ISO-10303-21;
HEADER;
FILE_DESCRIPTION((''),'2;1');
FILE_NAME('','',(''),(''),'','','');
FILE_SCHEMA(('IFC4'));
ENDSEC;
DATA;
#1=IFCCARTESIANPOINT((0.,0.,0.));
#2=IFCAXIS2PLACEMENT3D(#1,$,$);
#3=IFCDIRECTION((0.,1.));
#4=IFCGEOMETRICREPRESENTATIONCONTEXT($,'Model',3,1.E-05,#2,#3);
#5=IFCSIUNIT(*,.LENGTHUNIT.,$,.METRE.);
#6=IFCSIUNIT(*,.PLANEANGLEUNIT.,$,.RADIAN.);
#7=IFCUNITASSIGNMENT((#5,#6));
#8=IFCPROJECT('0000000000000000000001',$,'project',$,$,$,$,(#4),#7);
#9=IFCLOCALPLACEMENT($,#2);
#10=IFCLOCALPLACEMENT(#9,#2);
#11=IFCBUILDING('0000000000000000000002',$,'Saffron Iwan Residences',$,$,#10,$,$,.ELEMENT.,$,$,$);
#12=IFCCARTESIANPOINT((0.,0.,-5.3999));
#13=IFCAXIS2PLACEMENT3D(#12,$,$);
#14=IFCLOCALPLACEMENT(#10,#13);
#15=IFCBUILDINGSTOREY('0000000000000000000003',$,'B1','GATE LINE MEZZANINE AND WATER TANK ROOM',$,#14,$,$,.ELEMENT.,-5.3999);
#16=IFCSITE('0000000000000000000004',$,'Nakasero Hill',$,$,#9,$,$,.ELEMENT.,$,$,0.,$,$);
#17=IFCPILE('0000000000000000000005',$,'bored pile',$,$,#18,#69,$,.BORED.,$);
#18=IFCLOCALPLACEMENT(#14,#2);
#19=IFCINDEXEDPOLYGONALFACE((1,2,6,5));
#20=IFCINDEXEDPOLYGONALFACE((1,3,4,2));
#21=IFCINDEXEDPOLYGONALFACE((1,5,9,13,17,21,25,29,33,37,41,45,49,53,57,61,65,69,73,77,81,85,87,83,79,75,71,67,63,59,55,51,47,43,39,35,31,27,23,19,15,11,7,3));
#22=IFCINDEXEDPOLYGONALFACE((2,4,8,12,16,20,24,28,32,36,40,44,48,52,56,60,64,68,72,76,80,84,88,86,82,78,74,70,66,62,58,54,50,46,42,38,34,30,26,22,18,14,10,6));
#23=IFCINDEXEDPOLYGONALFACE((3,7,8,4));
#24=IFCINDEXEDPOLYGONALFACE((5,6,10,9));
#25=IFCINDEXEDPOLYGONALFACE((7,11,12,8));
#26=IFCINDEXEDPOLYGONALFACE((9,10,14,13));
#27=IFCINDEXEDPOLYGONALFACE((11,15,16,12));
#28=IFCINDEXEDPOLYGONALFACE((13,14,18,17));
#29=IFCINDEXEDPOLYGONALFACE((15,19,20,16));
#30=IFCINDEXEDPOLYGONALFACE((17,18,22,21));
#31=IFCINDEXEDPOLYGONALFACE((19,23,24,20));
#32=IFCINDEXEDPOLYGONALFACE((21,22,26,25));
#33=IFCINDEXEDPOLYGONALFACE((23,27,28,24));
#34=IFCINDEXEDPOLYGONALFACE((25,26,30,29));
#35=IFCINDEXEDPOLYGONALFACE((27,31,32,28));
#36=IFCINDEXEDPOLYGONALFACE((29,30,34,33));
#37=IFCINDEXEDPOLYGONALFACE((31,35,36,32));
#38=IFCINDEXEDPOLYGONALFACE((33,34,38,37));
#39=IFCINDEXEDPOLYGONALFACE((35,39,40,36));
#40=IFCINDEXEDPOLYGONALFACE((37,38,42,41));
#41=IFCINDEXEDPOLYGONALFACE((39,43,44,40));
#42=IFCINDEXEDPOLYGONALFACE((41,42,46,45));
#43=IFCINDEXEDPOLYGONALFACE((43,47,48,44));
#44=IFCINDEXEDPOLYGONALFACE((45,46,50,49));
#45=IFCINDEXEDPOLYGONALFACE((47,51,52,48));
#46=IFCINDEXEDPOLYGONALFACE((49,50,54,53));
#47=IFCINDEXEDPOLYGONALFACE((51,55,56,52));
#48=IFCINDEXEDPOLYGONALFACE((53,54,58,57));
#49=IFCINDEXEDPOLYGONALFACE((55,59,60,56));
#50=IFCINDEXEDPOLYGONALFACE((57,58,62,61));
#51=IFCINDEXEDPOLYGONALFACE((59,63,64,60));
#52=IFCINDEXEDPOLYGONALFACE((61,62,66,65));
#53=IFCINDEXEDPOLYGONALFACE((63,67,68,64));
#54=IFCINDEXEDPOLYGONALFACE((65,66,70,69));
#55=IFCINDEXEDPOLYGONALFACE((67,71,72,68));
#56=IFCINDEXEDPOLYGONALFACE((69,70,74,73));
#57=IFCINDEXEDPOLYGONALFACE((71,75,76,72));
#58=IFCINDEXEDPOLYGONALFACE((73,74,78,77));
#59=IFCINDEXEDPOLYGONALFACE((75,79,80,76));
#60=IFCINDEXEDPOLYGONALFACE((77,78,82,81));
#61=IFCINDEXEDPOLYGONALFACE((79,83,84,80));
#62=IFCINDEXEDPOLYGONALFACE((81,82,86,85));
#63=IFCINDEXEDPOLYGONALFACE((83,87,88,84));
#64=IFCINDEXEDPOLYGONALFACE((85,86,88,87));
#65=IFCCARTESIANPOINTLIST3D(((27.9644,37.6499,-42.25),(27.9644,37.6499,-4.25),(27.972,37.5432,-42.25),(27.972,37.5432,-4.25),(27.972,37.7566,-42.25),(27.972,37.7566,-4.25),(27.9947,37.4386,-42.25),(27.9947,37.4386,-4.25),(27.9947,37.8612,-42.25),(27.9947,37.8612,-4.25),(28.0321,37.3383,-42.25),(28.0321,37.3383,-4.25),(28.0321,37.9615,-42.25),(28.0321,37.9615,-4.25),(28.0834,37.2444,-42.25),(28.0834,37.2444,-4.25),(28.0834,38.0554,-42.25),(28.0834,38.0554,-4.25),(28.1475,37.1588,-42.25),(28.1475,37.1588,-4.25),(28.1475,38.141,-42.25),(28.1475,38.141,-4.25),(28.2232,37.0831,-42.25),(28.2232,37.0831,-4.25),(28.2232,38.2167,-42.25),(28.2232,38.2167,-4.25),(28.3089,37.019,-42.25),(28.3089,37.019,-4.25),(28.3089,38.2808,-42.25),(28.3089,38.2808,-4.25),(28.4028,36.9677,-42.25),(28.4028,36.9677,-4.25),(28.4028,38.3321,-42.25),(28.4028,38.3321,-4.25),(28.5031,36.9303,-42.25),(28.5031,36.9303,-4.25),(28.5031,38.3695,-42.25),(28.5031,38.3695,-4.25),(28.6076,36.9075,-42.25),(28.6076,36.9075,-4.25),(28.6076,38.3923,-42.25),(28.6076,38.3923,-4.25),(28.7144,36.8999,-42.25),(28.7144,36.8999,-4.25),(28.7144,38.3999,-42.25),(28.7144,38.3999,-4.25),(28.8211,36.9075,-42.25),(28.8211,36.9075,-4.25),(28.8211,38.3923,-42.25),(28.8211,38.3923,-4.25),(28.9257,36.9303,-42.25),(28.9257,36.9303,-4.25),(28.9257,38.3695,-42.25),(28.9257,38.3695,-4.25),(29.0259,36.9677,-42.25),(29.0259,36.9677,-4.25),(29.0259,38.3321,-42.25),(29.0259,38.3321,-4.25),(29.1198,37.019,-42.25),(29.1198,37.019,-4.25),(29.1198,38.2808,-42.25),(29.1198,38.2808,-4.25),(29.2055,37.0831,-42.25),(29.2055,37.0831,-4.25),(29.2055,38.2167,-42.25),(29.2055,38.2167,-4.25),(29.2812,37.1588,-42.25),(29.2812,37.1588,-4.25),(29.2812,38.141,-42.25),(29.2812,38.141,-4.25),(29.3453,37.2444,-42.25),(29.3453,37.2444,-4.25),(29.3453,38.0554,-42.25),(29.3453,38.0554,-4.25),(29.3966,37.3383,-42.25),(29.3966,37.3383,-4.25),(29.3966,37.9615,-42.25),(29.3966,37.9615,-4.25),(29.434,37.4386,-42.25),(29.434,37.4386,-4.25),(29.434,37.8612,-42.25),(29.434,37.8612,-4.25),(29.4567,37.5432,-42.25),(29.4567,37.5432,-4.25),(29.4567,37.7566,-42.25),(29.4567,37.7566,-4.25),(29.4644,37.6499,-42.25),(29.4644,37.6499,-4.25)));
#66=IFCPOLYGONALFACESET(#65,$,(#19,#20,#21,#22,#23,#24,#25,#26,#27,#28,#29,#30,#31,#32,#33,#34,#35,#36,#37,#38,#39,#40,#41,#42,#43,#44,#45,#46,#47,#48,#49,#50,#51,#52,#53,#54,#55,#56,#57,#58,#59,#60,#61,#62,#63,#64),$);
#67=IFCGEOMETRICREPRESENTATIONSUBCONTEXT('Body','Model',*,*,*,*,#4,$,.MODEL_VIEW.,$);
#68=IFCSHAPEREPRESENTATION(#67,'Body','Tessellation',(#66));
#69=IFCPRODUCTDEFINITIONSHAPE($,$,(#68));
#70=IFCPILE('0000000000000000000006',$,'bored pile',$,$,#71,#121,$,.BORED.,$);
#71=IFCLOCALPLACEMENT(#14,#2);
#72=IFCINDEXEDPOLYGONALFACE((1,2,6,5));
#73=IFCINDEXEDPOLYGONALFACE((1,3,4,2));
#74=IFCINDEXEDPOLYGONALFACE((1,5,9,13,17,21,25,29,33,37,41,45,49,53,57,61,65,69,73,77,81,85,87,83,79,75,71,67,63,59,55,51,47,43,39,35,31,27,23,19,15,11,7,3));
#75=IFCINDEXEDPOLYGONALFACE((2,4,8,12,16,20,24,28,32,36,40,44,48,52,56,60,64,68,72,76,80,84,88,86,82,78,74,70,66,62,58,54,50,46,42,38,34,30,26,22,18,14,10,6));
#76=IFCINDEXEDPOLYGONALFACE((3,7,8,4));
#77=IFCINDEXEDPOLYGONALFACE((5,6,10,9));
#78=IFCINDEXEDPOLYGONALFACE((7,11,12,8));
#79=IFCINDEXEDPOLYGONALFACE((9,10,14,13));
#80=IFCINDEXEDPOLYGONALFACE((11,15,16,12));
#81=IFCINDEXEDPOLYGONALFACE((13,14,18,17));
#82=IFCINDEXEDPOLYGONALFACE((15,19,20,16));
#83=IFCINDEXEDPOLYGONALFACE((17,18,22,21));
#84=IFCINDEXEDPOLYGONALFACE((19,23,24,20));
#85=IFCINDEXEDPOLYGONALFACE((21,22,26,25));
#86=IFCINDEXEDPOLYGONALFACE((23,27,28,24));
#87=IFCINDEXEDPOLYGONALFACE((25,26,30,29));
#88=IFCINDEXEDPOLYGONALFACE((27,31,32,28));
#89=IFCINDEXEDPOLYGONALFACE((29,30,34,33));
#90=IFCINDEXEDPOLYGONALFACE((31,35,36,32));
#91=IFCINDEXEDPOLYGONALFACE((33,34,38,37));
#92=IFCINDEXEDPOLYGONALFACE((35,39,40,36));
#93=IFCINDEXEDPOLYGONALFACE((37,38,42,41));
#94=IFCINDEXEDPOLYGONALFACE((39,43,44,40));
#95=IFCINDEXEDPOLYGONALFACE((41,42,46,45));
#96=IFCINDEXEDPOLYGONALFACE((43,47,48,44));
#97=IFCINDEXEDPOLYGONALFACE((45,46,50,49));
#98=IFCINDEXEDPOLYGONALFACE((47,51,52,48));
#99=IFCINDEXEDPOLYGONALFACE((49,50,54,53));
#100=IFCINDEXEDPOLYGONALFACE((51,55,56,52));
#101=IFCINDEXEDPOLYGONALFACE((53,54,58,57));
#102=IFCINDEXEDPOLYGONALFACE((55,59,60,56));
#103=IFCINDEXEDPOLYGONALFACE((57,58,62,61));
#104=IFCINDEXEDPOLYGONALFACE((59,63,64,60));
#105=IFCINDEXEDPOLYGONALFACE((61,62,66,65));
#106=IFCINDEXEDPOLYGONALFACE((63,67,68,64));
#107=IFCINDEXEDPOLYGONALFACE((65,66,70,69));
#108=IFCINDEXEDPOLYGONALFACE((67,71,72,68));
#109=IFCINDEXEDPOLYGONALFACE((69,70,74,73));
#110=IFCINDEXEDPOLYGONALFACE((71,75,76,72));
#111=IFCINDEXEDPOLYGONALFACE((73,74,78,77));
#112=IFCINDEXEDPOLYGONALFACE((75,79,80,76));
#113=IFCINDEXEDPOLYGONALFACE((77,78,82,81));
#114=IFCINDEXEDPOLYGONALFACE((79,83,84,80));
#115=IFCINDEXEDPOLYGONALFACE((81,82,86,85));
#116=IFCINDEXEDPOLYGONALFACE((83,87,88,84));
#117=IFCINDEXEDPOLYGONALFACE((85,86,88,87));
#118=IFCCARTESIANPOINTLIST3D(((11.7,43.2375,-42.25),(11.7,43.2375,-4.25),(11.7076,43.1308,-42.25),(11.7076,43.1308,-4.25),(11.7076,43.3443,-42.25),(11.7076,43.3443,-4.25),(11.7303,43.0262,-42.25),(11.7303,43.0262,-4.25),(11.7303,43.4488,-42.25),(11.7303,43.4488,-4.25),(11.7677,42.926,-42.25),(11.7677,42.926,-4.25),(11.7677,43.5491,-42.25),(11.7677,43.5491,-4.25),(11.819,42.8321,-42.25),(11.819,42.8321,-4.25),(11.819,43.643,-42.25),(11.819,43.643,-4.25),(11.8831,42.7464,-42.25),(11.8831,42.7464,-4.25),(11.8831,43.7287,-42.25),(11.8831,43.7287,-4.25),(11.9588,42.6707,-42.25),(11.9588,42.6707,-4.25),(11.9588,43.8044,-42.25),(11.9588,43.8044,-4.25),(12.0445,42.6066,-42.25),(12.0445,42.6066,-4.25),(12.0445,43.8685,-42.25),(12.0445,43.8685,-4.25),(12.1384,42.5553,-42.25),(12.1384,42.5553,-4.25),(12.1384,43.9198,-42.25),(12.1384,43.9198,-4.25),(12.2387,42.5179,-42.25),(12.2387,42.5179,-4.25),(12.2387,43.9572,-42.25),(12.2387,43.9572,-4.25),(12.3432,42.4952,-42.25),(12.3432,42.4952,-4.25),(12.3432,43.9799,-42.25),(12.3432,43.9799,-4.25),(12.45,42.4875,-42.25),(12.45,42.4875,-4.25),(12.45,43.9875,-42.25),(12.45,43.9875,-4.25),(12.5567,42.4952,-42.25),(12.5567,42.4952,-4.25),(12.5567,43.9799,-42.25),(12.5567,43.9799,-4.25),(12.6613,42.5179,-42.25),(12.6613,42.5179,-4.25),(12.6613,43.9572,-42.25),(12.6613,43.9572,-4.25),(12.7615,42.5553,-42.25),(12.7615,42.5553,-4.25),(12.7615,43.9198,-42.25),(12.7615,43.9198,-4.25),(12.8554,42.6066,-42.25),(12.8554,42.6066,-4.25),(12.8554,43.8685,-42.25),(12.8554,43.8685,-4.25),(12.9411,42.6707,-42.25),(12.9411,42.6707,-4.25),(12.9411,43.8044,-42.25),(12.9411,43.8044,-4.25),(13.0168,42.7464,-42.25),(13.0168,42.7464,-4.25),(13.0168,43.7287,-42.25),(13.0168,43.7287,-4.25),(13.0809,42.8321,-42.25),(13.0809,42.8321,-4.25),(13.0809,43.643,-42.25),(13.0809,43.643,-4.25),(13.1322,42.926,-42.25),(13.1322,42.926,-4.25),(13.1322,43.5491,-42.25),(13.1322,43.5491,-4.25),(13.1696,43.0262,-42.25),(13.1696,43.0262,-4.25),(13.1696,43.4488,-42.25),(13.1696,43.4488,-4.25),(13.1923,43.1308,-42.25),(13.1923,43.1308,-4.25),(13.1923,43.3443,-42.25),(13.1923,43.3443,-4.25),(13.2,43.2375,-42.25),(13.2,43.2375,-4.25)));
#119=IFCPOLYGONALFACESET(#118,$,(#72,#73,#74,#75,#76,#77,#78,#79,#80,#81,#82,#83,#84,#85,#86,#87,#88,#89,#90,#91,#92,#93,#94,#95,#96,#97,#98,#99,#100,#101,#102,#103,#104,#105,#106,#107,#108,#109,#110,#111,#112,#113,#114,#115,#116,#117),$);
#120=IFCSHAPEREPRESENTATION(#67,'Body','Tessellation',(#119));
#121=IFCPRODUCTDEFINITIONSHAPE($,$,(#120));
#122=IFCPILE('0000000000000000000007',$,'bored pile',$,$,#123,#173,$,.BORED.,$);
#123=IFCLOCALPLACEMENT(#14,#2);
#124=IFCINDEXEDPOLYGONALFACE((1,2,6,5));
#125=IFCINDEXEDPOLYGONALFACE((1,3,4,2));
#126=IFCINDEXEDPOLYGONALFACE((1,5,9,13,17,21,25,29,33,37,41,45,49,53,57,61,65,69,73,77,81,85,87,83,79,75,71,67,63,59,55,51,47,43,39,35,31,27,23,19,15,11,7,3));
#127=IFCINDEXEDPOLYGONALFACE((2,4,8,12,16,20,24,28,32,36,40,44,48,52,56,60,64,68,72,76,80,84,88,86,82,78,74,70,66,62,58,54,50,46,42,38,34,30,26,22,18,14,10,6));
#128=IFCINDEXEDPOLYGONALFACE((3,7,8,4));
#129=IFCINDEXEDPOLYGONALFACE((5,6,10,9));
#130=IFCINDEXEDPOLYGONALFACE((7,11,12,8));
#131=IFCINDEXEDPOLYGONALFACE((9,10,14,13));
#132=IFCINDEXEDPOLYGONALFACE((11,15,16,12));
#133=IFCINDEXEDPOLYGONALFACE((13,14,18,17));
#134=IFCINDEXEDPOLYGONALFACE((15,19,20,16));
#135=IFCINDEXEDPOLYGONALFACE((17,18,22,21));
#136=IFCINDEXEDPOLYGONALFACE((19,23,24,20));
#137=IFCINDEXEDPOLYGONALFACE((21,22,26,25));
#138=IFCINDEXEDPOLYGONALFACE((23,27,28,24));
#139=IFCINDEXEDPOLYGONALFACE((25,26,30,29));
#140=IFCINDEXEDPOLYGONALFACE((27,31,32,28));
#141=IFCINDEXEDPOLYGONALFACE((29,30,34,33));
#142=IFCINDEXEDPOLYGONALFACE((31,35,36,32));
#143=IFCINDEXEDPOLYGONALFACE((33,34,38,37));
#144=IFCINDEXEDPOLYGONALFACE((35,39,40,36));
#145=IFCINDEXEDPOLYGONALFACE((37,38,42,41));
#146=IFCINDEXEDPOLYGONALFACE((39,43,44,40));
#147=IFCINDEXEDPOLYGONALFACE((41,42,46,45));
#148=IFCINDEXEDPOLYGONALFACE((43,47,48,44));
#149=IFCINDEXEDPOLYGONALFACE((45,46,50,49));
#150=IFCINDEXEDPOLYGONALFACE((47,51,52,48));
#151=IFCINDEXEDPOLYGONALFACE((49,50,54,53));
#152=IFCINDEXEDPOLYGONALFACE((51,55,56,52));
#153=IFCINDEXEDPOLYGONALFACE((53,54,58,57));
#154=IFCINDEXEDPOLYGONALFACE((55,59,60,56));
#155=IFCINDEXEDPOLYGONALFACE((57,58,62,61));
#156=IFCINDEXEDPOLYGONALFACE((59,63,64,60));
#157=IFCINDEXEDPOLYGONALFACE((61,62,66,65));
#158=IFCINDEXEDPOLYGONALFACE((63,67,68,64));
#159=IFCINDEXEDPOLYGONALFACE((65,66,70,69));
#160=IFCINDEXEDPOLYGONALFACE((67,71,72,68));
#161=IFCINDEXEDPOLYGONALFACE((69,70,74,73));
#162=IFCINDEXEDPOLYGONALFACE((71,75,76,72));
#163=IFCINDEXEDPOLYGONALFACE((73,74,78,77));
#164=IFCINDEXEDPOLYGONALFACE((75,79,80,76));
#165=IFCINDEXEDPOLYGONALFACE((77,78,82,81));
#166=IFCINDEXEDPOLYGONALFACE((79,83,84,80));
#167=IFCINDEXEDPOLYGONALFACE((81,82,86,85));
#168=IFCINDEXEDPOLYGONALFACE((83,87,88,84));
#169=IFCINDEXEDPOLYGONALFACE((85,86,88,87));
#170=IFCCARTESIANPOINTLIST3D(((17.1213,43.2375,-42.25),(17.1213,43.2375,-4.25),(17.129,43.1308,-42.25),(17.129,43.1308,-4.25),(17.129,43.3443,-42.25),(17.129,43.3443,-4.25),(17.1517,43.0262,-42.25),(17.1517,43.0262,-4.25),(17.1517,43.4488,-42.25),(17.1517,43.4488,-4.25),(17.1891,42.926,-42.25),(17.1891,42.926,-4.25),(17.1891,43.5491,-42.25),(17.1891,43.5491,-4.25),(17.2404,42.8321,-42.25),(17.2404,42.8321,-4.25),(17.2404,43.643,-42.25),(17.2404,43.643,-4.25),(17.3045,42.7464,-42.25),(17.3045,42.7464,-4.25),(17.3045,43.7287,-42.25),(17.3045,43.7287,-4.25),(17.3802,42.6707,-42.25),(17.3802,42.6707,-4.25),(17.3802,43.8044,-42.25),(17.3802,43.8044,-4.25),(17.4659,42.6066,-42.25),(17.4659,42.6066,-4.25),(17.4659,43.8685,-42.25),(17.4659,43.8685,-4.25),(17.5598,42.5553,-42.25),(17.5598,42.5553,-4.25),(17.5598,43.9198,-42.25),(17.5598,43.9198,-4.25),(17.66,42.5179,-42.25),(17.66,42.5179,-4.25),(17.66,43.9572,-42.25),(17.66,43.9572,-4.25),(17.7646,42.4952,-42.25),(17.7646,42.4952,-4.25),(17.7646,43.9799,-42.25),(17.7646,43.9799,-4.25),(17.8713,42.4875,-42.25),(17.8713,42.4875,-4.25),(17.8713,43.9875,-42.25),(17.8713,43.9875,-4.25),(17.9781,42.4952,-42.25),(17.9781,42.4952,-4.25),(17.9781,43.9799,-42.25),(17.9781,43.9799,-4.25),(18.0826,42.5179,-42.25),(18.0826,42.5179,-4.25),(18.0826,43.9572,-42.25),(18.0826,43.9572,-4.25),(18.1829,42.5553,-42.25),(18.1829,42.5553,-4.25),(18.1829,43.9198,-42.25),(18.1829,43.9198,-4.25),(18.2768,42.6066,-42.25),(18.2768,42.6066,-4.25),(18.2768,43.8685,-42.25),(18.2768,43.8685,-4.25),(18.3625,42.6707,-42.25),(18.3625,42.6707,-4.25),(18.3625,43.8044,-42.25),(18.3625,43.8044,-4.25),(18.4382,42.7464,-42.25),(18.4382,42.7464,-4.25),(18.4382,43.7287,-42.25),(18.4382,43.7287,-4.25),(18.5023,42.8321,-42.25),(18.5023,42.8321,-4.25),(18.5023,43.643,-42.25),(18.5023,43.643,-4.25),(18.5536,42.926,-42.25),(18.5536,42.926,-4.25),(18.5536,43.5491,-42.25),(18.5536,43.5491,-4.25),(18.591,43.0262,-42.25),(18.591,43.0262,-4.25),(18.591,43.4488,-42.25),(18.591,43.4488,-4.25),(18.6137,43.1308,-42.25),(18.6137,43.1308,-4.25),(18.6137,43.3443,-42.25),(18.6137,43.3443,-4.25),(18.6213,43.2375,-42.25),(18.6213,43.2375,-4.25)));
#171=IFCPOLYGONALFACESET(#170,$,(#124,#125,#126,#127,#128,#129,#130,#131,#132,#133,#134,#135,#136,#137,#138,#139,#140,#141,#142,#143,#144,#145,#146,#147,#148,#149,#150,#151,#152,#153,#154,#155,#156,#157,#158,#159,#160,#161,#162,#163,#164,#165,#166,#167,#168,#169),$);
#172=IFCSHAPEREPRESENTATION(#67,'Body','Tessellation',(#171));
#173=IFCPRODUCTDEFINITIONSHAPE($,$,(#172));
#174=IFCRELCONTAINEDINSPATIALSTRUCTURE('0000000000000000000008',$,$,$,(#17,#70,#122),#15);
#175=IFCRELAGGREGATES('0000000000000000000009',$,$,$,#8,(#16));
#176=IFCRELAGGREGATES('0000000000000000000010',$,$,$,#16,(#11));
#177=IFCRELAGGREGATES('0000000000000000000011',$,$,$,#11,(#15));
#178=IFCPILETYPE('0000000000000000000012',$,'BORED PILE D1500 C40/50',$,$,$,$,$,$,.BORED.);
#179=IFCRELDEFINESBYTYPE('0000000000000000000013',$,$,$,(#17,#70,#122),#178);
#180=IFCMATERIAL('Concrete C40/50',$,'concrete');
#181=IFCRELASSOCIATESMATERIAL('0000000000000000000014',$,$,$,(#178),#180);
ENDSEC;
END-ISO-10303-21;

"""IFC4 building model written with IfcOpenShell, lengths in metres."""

from ifc_helpers import new_model, si_unit, direction, frame, origin, origin_2d, place, context, subcontext, project, spatial, circle, extrude, material, material_profile, profile_set, type_object, element, save


model = new_model("IFC4")

# Units and contexts
model_context = context("Model", 3, precision=1e-05, world=origin(), true_north=direction((0.0, 1.0)))
body_context = subcontext(model_context, "Body", "Model", "MODEL_VIEW")
ifc_project = project(units=[si_unit("LENGTHUNIT", "METRE"), si_unit("PLANEANGLEUNIT", "RADIAN")], contexts=[model_context])

# Site, building, storey
site_placement = place(None, origin())
site = spatial("IfcSite", under=ifc_project, at=site_placement, Name="Nakasero Hill", CompositionType="ELEMENT", RefElevation=0.0)
building_placement = place(site_placement, origin())
building = spatial("IfcBuilding", under=site, at=building_placement, Name="Saffron Iwan Residences", CompositionType="ELEMENT")
storey_placement = place(building_placement, frame((0.0, 0.0, -5.3999)))
storey = spatial("IfcBuildingStorey", under=building, at=storey_placement, Name="B1", Description="GATE LINE MEZZANINE AND WATER TANK ROOM", CompositionType="ELEMENT", Elevation=-5.3999)

# Piles
ifc_material_1 = material(Name="Concrete C40/50", Category="concrete")
ifc_material_profile_1 = material_profile(ifc_material_1, circle(Radius=0.75, at=origin_2d()), Name="RC D1500")
ifc_profile_set_1 = profile_set([ifc_material_profile_1], Name="Concrete C40/50")
pile_type = type_object("IfcPileType", Name="BORED PILE D1500 C40/50", PredefinedType="BORED", material=ifc_profile_set_1)
for number, where, z_axis, x_axis, name in (
    (1, (28.7144, 37.6499, -4.25), (0.0, 0.0, -1.0), (1.0, 0.0, 0.0), "bored pile"),
    (2, (12.45, 43.2375, -4.25), (0.0, 0.0, -1.0), (1.0, 0.0, 0.0), "bored pile"),
    (3, (17.8713, 43.2375, -4.25), (0.0, 0.0, -1.0), (1.0, 0.0, 0.0), "bored pile"),
):
    element("IfcPile", number, at=place(storey_placement, frame(where, z_axis=z_axis, x_axis=x_axis)), inside=storey, type_object=pile_type, Name=name, PredefinedType="BORED", context=body_context, shape_type="SweptSolid", body=[
        extrude(circle(Radius=0.75, at=origin_2d()), origin(), (0.0, 0.0, 1.0), 38.0),
    ])

save(model, "model.ifc")
